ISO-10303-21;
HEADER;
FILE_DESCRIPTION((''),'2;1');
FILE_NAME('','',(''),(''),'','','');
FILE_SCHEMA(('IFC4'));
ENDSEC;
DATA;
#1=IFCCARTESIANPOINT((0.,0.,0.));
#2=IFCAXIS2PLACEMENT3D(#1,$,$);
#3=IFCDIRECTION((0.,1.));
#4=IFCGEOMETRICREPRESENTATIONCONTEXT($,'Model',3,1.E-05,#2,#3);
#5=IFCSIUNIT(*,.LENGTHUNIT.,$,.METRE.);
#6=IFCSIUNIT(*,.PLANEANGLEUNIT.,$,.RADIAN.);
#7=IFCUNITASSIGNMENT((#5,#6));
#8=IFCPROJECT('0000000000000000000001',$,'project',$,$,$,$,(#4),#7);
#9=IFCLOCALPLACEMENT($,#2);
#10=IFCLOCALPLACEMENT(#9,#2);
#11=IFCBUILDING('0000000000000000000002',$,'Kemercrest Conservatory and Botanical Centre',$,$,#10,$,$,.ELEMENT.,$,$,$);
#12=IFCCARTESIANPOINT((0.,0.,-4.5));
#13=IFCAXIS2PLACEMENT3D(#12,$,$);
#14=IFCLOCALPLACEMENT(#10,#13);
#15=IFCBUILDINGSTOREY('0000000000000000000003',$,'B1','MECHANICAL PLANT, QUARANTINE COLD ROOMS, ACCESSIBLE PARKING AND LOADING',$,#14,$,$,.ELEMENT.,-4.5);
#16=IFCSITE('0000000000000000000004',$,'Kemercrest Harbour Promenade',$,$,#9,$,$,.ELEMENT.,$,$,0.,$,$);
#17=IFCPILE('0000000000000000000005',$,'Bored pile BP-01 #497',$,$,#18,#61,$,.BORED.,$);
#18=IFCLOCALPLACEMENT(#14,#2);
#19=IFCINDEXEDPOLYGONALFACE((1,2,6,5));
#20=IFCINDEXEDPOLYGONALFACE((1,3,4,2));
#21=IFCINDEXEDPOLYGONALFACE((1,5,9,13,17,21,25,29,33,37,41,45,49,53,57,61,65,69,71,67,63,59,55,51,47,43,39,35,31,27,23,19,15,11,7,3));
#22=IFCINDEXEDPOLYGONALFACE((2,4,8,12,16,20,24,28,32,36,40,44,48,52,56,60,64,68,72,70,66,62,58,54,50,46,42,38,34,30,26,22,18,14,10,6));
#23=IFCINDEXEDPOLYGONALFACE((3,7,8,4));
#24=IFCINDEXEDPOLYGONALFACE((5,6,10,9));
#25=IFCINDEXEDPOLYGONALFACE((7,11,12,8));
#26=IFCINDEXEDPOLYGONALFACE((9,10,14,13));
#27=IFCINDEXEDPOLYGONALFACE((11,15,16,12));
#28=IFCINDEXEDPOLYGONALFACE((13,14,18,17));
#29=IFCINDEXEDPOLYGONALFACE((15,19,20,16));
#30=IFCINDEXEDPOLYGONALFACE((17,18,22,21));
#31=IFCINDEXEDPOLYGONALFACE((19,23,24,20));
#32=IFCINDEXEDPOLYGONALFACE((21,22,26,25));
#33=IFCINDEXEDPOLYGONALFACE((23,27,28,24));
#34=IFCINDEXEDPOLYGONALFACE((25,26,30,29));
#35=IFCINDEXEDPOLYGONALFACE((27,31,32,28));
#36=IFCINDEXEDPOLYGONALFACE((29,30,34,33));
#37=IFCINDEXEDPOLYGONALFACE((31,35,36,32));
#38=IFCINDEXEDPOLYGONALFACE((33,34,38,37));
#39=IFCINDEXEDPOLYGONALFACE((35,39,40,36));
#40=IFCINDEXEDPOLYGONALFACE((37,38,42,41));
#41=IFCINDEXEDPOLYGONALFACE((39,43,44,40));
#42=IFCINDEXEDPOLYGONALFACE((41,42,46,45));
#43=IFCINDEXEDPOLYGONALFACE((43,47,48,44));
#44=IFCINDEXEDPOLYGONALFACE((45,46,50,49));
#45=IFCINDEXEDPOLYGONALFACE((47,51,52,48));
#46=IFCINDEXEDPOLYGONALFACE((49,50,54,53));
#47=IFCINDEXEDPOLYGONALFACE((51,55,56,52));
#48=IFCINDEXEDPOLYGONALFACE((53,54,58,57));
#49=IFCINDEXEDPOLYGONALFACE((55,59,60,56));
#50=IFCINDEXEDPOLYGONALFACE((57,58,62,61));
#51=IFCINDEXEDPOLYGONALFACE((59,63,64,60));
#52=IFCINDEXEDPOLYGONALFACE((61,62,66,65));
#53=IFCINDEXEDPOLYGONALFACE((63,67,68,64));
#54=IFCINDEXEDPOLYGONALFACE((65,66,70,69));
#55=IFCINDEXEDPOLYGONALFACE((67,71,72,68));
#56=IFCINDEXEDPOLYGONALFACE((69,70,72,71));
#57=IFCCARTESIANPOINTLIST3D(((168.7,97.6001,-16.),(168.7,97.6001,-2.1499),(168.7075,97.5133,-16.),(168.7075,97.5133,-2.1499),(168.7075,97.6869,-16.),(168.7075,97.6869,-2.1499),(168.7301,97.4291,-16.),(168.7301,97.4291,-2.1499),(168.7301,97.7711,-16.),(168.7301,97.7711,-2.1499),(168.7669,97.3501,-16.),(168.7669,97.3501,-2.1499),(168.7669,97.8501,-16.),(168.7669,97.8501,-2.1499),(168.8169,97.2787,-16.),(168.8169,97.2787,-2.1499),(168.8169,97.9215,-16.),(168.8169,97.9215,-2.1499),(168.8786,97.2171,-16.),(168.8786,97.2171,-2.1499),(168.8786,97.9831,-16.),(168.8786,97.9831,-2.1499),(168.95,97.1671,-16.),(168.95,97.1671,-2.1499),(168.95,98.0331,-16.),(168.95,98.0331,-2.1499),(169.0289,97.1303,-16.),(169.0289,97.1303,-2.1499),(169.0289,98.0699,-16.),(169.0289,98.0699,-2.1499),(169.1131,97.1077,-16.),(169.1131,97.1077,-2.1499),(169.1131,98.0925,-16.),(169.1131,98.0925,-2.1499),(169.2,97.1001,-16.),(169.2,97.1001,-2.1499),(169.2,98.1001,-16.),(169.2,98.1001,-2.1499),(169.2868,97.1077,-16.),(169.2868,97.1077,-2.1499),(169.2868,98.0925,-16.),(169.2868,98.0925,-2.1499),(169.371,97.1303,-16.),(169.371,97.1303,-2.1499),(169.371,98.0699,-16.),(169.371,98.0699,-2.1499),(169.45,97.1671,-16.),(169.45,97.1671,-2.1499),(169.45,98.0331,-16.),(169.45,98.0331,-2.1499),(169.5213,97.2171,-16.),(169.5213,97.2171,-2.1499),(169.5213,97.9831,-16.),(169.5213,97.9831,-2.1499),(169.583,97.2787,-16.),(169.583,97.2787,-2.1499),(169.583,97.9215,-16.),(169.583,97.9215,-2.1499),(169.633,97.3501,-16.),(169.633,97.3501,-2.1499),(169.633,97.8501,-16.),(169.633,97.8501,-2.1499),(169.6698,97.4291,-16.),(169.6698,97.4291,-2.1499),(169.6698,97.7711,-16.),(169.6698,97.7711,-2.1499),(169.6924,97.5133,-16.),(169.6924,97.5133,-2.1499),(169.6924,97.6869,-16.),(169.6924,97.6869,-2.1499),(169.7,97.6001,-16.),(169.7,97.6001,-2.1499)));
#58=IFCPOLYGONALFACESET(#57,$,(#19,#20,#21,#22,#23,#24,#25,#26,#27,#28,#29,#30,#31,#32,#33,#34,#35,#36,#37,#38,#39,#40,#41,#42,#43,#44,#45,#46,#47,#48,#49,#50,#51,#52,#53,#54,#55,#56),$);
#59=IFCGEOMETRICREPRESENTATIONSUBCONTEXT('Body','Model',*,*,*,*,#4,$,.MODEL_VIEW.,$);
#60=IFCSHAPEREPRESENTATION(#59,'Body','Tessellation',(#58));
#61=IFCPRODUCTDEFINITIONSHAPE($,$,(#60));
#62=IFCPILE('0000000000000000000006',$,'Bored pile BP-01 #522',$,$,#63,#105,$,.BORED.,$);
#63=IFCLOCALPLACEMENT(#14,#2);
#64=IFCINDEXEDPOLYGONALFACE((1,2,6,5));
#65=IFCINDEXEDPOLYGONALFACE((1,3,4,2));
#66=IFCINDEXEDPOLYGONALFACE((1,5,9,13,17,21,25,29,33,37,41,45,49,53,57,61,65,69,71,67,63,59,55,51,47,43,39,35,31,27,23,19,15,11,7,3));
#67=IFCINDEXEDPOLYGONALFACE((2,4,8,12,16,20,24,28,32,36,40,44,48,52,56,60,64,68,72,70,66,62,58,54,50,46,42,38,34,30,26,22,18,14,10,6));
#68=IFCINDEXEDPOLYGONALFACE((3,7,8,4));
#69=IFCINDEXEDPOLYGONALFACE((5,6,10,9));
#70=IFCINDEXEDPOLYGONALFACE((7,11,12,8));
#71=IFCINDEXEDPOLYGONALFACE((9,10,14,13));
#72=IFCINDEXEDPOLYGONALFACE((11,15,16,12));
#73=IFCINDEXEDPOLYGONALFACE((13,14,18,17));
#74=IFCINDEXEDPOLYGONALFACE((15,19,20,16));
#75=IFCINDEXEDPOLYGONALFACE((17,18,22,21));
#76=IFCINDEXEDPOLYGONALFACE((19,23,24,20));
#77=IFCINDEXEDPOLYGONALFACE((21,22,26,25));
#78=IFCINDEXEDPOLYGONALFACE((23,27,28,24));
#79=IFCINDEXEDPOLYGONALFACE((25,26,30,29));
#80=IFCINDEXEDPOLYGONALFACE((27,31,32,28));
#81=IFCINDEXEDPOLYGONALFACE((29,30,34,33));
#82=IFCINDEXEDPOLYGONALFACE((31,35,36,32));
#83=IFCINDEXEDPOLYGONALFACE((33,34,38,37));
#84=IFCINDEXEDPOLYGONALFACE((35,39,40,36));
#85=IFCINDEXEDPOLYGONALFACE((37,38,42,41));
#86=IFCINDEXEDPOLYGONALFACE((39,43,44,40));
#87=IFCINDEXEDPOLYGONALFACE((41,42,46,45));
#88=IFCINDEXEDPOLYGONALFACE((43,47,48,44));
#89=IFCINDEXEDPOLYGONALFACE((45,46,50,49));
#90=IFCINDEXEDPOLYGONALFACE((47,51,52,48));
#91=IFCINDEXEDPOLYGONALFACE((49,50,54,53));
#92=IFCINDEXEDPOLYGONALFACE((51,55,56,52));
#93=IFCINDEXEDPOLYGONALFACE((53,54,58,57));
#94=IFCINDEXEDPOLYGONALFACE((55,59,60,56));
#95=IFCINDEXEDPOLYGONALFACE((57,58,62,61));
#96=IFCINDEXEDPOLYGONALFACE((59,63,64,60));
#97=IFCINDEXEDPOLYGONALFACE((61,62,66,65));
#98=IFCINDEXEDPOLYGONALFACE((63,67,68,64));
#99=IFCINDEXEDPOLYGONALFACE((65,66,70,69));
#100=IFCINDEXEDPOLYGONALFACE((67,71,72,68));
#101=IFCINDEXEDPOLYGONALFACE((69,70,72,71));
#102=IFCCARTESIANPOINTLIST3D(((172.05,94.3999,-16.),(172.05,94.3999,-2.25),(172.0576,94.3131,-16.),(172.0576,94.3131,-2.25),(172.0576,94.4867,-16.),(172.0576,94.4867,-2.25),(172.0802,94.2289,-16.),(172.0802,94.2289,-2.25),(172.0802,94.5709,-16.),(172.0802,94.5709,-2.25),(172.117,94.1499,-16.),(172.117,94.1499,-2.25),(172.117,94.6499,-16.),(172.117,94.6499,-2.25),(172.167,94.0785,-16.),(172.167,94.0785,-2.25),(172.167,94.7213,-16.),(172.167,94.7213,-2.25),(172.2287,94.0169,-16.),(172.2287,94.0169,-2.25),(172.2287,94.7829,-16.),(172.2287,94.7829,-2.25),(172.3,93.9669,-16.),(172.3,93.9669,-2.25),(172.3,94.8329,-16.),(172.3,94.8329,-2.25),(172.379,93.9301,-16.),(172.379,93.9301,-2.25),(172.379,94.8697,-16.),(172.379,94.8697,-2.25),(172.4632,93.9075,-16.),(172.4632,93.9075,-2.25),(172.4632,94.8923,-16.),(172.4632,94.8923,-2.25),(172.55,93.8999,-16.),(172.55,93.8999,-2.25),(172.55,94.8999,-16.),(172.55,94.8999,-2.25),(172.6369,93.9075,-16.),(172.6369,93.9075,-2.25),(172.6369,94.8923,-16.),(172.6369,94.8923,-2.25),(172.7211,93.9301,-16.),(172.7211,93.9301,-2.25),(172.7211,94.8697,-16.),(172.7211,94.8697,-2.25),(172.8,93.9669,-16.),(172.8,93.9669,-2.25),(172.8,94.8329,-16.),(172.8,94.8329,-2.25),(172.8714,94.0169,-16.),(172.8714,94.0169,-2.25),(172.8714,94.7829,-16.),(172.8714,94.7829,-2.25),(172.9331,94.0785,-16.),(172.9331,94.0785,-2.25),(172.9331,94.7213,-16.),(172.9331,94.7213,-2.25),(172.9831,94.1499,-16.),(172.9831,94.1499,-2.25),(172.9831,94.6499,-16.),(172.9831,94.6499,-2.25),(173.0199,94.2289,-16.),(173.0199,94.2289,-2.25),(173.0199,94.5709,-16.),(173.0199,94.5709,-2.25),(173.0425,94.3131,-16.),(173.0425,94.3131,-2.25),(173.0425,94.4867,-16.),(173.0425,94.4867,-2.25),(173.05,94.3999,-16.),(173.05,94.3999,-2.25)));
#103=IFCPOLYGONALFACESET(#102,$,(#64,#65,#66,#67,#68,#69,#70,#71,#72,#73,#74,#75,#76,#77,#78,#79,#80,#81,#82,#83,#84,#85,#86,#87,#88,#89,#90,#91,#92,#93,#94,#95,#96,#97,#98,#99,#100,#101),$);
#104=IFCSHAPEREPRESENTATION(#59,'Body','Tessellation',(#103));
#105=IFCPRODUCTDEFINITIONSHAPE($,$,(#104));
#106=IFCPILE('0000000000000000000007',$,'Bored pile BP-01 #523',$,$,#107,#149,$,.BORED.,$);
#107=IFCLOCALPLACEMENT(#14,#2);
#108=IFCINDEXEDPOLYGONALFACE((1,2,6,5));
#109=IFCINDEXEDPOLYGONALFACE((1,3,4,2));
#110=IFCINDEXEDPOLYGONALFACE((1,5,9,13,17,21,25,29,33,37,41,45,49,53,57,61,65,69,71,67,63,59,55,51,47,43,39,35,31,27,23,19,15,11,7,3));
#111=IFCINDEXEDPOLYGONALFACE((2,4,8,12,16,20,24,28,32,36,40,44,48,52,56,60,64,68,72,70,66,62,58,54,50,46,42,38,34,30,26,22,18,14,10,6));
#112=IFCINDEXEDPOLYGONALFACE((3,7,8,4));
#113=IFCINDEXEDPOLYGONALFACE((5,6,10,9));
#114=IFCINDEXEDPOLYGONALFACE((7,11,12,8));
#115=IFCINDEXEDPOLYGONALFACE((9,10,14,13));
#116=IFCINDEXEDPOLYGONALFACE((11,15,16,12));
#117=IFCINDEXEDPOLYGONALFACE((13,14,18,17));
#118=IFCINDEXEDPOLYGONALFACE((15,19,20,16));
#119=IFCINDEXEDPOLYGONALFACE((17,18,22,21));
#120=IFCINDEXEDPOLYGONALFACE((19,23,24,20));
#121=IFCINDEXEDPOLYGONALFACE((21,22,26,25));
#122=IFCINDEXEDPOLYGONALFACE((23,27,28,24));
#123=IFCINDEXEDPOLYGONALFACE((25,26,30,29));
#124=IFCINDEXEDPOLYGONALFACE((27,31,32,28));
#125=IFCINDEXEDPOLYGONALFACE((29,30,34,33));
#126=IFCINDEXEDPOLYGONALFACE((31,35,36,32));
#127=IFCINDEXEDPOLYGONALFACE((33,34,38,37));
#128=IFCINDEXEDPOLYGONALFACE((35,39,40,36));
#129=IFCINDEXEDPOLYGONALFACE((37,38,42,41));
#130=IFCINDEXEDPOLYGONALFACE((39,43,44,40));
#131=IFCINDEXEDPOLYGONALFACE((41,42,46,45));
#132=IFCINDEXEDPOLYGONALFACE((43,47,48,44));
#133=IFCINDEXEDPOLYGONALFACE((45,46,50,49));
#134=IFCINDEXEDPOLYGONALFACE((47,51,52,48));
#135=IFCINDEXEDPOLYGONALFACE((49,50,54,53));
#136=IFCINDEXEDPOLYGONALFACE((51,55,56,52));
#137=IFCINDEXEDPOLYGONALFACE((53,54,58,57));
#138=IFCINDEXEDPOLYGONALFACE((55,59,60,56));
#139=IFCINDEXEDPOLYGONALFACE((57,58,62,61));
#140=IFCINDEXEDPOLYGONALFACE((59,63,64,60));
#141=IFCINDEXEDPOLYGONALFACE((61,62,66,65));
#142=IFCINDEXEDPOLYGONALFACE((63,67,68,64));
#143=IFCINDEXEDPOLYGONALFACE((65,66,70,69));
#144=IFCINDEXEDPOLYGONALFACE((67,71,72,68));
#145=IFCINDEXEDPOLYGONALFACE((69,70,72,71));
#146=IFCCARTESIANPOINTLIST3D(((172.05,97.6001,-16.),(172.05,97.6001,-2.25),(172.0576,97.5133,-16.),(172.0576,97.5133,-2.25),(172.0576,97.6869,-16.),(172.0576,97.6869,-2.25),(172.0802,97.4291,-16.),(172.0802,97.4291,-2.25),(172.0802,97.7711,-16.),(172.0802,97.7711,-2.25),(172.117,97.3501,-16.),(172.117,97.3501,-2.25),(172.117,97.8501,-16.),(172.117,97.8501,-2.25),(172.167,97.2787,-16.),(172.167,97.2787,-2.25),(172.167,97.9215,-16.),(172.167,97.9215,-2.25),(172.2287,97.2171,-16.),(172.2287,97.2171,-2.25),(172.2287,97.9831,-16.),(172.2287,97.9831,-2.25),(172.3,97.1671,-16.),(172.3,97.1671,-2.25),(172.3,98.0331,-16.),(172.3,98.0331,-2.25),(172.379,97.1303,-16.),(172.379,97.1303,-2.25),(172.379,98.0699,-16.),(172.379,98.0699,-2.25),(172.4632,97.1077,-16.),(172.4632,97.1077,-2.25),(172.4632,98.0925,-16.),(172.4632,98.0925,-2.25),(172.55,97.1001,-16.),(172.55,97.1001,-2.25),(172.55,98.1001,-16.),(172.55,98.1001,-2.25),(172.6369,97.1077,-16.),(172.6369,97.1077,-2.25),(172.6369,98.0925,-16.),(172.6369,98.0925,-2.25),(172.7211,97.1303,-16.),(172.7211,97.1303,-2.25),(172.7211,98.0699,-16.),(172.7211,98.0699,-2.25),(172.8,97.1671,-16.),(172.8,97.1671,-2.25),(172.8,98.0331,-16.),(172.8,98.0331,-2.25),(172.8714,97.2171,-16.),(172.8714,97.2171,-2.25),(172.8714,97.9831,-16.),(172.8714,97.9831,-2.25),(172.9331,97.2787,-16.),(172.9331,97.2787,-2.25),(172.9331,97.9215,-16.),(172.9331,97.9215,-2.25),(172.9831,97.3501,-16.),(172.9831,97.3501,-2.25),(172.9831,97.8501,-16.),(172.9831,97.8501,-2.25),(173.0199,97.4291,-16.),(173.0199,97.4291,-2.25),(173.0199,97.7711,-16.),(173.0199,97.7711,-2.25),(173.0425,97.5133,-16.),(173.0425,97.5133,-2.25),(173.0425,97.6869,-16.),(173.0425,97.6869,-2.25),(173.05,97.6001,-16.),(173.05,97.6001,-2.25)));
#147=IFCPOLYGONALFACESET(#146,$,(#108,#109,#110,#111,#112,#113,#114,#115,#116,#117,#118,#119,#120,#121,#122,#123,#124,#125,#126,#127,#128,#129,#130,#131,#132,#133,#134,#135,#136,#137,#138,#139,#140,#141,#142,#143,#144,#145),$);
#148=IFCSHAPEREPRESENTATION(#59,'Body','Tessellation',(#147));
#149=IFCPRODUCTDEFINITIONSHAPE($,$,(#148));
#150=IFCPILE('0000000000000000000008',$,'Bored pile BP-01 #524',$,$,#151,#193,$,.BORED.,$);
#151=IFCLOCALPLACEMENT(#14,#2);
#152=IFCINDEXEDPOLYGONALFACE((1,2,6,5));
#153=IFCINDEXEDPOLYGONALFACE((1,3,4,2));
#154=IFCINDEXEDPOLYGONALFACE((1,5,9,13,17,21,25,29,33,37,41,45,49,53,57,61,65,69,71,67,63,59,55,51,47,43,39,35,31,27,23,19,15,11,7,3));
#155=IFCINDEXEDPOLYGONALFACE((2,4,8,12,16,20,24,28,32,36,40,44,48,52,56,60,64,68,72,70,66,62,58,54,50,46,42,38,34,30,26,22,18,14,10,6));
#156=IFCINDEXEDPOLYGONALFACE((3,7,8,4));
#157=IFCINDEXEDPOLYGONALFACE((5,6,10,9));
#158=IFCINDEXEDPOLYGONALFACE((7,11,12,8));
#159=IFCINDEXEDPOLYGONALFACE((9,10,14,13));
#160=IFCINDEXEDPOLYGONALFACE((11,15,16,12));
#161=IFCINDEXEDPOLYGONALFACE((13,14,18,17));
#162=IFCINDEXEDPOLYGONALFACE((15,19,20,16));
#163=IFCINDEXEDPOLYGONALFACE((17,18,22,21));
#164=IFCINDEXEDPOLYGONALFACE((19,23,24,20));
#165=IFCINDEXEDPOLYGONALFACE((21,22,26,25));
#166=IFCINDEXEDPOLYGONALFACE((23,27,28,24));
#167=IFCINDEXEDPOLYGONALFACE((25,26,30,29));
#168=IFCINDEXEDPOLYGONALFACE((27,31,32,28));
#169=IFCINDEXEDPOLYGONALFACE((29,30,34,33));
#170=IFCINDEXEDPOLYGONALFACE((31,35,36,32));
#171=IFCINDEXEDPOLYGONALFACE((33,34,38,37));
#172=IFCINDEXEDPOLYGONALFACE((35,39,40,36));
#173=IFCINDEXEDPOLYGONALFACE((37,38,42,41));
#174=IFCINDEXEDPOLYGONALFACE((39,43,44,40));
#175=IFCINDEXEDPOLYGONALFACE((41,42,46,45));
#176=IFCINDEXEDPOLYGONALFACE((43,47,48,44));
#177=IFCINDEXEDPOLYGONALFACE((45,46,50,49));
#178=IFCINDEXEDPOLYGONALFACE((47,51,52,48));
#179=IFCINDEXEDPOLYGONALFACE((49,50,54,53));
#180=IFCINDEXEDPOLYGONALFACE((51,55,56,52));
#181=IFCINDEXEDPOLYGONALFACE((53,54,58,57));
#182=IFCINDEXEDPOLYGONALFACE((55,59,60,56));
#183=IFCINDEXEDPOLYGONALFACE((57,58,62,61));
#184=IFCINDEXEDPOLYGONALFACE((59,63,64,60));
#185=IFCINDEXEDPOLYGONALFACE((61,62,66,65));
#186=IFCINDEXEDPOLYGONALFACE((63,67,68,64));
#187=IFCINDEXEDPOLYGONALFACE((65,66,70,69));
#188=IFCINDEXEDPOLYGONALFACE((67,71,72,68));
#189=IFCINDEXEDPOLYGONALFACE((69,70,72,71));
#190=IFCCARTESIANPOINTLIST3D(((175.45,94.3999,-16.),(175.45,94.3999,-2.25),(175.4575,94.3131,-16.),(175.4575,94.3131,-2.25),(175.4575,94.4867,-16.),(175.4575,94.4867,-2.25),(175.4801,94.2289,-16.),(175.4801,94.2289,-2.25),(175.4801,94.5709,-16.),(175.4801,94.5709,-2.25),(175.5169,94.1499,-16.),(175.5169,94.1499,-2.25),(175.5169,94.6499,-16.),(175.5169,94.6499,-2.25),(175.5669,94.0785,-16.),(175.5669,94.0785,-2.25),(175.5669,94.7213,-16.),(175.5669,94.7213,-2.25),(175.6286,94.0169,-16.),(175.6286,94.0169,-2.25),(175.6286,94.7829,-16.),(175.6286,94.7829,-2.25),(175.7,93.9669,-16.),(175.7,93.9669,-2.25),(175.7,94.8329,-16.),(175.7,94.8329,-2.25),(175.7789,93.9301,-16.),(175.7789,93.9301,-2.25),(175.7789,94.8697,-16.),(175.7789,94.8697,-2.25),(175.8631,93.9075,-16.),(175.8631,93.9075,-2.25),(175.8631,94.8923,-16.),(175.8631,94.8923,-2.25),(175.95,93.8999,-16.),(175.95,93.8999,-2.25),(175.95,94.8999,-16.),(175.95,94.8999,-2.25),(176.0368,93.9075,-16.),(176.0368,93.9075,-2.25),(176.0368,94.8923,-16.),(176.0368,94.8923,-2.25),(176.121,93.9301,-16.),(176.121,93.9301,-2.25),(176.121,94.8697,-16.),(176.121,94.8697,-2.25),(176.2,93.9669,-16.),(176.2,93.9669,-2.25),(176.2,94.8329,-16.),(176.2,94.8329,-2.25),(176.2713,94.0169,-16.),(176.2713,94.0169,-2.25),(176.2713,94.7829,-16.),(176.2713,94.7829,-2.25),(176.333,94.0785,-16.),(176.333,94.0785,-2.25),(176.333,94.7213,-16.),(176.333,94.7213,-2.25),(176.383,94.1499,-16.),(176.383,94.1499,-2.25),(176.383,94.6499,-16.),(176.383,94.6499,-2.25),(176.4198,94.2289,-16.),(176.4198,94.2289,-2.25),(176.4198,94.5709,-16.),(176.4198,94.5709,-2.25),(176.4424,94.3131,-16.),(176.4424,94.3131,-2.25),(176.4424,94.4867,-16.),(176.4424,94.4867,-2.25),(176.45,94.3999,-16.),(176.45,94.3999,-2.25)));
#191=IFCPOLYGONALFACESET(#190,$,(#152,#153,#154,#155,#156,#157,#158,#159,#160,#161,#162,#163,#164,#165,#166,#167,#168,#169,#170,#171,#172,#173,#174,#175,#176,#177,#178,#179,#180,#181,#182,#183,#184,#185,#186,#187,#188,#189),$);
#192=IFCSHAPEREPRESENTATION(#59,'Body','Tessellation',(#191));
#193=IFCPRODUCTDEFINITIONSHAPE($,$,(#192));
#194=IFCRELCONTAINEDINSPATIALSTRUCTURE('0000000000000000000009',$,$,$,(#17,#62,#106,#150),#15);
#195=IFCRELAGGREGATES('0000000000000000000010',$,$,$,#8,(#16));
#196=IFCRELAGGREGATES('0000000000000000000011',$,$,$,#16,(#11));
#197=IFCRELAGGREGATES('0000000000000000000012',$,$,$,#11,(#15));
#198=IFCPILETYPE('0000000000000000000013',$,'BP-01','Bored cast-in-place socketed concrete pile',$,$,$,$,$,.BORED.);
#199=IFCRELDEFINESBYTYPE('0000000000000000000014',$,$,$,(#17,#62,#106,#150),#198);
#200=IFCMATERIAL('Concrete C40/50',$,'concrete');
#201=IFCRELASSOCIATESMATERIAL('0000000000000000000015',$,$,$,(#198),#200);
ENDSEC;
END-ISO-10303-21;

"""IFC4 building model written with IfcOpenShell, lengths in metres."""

from ifc_helpers import new_model, si_unit, direction, frame, origin, origin_2d, place, context, subcontext, project, spatial, circle, extrude, material, material_profile, profile_set, type_object, element, save


model = new_model("IFC4")

# Units and contexts
model_context = context("Model", 3, precision=1e-05, world=origin(), true_north=direction((0.0, 1.0)))
body_context = subcontext(model_context, "Body", "Model", "MODEL_VIEW")
ifc_project = project(units=[si_unit("LENGTHUNIT", "METRE"), si_unit("PLANEANGLEUNIT", "RADIAN")], contexts=[model_context])

# Site, building, storey
site_placement = place(None, origin())
site = spatial("IfcSite", under=ifc_project, at=site_placement, Name="Kemercrest Harbour Promenade", CompositionType="ELEMENT", RefElevation=0.0)
building_placement = place(site_placement, origin())
building = spatial("IfcBuilding", under=site, at=building_placement, Name="Kemercrest Conservatory and Botanical Centre", CompositionType="ELEMENT")
storey_placement = place(building_placement, frame((0.0, 0.0, -4.5)))
storey = spatial("IfcBuildingStorey", under=building, at=storey_placement, Name="B1", Description="MECHANICAL PLANT, QUARANTINE COLD ROOMS, ACCESSIBLE PARKING AND LOADING", CompositionType="ELEMENT", Elevation=-4.5)

# Piles
ifc_material_1 = material(Name="Concrete C40/50", Category="concrete")
ifc_material_profile_1 = material_profile(ifc_material_1, circle(Radius=0.5, at=origin_2d()), Name="BORED PILE 1000")
ifc_profile_set_1 = profile_set([ifc_material_profile_1], Name="Concrete C40/50")
pile_type = type_object("IfcPileType", Name="BP-01", Description="Bored cast-in-place socketed concrete pile", PredefinedType="BORED", material=ifc_profile_set_1)
for number, where, z_axis, x_axis, name in (
    (1, (169.2, 97.6001, -2.1499), (0.0, 0.0, -1.0), (1.0, 0.0, 0.0), "Bored pile BP-01 #497"),
):
    element("IfcPile", number, at=place(storey_placement, frame(where, z_axis=z_axis, x_axis=x_axis)), inside=storey, type_object=pile_type, Name=name, PredefinedType="BORED", context=body_context, shape_type="SweptSolid", body=[
        extrude(circle(Radius=0.5, at=origin_2d()), origin(), (0.0, 0.0, 1.0), 13.8501),
    ])
for number, where, z_axis, x_axis, name in (
    (2, (172.55, 94.3999, -2.25), (0.0, 0.0, -1.0), (1.0, 0.0, 0.0), "Bored pile BP-01 #522"),
    (3, (172.55, 97.6001, -2.25), (0.0, 0.0, -1.0), (1.0, 0.0, 0.0), "Bored pile BP-01 #523"),
    (4, (175.95, 94.3999, -2.25), (0.0, 0.0, -1.0), (1.0, 0.0, 0.0), "Bored pile BP-01 #524"),
):
    element("IfcPile", number, at=place(storey_placement, frame(where, z_axis=z_axis, x_axis=x_axis)), inside=storey, type_object=pile_type, Name=name, PredefinedType="BORED", context=body_context, shape_type="SweptSolid", body=[
        extrude(circle(Radius=0.5, at=origin_2d()), origin(), (0.0, 0.0, 1.0), 13.75),
    ])

save(model, "model.ifc")
